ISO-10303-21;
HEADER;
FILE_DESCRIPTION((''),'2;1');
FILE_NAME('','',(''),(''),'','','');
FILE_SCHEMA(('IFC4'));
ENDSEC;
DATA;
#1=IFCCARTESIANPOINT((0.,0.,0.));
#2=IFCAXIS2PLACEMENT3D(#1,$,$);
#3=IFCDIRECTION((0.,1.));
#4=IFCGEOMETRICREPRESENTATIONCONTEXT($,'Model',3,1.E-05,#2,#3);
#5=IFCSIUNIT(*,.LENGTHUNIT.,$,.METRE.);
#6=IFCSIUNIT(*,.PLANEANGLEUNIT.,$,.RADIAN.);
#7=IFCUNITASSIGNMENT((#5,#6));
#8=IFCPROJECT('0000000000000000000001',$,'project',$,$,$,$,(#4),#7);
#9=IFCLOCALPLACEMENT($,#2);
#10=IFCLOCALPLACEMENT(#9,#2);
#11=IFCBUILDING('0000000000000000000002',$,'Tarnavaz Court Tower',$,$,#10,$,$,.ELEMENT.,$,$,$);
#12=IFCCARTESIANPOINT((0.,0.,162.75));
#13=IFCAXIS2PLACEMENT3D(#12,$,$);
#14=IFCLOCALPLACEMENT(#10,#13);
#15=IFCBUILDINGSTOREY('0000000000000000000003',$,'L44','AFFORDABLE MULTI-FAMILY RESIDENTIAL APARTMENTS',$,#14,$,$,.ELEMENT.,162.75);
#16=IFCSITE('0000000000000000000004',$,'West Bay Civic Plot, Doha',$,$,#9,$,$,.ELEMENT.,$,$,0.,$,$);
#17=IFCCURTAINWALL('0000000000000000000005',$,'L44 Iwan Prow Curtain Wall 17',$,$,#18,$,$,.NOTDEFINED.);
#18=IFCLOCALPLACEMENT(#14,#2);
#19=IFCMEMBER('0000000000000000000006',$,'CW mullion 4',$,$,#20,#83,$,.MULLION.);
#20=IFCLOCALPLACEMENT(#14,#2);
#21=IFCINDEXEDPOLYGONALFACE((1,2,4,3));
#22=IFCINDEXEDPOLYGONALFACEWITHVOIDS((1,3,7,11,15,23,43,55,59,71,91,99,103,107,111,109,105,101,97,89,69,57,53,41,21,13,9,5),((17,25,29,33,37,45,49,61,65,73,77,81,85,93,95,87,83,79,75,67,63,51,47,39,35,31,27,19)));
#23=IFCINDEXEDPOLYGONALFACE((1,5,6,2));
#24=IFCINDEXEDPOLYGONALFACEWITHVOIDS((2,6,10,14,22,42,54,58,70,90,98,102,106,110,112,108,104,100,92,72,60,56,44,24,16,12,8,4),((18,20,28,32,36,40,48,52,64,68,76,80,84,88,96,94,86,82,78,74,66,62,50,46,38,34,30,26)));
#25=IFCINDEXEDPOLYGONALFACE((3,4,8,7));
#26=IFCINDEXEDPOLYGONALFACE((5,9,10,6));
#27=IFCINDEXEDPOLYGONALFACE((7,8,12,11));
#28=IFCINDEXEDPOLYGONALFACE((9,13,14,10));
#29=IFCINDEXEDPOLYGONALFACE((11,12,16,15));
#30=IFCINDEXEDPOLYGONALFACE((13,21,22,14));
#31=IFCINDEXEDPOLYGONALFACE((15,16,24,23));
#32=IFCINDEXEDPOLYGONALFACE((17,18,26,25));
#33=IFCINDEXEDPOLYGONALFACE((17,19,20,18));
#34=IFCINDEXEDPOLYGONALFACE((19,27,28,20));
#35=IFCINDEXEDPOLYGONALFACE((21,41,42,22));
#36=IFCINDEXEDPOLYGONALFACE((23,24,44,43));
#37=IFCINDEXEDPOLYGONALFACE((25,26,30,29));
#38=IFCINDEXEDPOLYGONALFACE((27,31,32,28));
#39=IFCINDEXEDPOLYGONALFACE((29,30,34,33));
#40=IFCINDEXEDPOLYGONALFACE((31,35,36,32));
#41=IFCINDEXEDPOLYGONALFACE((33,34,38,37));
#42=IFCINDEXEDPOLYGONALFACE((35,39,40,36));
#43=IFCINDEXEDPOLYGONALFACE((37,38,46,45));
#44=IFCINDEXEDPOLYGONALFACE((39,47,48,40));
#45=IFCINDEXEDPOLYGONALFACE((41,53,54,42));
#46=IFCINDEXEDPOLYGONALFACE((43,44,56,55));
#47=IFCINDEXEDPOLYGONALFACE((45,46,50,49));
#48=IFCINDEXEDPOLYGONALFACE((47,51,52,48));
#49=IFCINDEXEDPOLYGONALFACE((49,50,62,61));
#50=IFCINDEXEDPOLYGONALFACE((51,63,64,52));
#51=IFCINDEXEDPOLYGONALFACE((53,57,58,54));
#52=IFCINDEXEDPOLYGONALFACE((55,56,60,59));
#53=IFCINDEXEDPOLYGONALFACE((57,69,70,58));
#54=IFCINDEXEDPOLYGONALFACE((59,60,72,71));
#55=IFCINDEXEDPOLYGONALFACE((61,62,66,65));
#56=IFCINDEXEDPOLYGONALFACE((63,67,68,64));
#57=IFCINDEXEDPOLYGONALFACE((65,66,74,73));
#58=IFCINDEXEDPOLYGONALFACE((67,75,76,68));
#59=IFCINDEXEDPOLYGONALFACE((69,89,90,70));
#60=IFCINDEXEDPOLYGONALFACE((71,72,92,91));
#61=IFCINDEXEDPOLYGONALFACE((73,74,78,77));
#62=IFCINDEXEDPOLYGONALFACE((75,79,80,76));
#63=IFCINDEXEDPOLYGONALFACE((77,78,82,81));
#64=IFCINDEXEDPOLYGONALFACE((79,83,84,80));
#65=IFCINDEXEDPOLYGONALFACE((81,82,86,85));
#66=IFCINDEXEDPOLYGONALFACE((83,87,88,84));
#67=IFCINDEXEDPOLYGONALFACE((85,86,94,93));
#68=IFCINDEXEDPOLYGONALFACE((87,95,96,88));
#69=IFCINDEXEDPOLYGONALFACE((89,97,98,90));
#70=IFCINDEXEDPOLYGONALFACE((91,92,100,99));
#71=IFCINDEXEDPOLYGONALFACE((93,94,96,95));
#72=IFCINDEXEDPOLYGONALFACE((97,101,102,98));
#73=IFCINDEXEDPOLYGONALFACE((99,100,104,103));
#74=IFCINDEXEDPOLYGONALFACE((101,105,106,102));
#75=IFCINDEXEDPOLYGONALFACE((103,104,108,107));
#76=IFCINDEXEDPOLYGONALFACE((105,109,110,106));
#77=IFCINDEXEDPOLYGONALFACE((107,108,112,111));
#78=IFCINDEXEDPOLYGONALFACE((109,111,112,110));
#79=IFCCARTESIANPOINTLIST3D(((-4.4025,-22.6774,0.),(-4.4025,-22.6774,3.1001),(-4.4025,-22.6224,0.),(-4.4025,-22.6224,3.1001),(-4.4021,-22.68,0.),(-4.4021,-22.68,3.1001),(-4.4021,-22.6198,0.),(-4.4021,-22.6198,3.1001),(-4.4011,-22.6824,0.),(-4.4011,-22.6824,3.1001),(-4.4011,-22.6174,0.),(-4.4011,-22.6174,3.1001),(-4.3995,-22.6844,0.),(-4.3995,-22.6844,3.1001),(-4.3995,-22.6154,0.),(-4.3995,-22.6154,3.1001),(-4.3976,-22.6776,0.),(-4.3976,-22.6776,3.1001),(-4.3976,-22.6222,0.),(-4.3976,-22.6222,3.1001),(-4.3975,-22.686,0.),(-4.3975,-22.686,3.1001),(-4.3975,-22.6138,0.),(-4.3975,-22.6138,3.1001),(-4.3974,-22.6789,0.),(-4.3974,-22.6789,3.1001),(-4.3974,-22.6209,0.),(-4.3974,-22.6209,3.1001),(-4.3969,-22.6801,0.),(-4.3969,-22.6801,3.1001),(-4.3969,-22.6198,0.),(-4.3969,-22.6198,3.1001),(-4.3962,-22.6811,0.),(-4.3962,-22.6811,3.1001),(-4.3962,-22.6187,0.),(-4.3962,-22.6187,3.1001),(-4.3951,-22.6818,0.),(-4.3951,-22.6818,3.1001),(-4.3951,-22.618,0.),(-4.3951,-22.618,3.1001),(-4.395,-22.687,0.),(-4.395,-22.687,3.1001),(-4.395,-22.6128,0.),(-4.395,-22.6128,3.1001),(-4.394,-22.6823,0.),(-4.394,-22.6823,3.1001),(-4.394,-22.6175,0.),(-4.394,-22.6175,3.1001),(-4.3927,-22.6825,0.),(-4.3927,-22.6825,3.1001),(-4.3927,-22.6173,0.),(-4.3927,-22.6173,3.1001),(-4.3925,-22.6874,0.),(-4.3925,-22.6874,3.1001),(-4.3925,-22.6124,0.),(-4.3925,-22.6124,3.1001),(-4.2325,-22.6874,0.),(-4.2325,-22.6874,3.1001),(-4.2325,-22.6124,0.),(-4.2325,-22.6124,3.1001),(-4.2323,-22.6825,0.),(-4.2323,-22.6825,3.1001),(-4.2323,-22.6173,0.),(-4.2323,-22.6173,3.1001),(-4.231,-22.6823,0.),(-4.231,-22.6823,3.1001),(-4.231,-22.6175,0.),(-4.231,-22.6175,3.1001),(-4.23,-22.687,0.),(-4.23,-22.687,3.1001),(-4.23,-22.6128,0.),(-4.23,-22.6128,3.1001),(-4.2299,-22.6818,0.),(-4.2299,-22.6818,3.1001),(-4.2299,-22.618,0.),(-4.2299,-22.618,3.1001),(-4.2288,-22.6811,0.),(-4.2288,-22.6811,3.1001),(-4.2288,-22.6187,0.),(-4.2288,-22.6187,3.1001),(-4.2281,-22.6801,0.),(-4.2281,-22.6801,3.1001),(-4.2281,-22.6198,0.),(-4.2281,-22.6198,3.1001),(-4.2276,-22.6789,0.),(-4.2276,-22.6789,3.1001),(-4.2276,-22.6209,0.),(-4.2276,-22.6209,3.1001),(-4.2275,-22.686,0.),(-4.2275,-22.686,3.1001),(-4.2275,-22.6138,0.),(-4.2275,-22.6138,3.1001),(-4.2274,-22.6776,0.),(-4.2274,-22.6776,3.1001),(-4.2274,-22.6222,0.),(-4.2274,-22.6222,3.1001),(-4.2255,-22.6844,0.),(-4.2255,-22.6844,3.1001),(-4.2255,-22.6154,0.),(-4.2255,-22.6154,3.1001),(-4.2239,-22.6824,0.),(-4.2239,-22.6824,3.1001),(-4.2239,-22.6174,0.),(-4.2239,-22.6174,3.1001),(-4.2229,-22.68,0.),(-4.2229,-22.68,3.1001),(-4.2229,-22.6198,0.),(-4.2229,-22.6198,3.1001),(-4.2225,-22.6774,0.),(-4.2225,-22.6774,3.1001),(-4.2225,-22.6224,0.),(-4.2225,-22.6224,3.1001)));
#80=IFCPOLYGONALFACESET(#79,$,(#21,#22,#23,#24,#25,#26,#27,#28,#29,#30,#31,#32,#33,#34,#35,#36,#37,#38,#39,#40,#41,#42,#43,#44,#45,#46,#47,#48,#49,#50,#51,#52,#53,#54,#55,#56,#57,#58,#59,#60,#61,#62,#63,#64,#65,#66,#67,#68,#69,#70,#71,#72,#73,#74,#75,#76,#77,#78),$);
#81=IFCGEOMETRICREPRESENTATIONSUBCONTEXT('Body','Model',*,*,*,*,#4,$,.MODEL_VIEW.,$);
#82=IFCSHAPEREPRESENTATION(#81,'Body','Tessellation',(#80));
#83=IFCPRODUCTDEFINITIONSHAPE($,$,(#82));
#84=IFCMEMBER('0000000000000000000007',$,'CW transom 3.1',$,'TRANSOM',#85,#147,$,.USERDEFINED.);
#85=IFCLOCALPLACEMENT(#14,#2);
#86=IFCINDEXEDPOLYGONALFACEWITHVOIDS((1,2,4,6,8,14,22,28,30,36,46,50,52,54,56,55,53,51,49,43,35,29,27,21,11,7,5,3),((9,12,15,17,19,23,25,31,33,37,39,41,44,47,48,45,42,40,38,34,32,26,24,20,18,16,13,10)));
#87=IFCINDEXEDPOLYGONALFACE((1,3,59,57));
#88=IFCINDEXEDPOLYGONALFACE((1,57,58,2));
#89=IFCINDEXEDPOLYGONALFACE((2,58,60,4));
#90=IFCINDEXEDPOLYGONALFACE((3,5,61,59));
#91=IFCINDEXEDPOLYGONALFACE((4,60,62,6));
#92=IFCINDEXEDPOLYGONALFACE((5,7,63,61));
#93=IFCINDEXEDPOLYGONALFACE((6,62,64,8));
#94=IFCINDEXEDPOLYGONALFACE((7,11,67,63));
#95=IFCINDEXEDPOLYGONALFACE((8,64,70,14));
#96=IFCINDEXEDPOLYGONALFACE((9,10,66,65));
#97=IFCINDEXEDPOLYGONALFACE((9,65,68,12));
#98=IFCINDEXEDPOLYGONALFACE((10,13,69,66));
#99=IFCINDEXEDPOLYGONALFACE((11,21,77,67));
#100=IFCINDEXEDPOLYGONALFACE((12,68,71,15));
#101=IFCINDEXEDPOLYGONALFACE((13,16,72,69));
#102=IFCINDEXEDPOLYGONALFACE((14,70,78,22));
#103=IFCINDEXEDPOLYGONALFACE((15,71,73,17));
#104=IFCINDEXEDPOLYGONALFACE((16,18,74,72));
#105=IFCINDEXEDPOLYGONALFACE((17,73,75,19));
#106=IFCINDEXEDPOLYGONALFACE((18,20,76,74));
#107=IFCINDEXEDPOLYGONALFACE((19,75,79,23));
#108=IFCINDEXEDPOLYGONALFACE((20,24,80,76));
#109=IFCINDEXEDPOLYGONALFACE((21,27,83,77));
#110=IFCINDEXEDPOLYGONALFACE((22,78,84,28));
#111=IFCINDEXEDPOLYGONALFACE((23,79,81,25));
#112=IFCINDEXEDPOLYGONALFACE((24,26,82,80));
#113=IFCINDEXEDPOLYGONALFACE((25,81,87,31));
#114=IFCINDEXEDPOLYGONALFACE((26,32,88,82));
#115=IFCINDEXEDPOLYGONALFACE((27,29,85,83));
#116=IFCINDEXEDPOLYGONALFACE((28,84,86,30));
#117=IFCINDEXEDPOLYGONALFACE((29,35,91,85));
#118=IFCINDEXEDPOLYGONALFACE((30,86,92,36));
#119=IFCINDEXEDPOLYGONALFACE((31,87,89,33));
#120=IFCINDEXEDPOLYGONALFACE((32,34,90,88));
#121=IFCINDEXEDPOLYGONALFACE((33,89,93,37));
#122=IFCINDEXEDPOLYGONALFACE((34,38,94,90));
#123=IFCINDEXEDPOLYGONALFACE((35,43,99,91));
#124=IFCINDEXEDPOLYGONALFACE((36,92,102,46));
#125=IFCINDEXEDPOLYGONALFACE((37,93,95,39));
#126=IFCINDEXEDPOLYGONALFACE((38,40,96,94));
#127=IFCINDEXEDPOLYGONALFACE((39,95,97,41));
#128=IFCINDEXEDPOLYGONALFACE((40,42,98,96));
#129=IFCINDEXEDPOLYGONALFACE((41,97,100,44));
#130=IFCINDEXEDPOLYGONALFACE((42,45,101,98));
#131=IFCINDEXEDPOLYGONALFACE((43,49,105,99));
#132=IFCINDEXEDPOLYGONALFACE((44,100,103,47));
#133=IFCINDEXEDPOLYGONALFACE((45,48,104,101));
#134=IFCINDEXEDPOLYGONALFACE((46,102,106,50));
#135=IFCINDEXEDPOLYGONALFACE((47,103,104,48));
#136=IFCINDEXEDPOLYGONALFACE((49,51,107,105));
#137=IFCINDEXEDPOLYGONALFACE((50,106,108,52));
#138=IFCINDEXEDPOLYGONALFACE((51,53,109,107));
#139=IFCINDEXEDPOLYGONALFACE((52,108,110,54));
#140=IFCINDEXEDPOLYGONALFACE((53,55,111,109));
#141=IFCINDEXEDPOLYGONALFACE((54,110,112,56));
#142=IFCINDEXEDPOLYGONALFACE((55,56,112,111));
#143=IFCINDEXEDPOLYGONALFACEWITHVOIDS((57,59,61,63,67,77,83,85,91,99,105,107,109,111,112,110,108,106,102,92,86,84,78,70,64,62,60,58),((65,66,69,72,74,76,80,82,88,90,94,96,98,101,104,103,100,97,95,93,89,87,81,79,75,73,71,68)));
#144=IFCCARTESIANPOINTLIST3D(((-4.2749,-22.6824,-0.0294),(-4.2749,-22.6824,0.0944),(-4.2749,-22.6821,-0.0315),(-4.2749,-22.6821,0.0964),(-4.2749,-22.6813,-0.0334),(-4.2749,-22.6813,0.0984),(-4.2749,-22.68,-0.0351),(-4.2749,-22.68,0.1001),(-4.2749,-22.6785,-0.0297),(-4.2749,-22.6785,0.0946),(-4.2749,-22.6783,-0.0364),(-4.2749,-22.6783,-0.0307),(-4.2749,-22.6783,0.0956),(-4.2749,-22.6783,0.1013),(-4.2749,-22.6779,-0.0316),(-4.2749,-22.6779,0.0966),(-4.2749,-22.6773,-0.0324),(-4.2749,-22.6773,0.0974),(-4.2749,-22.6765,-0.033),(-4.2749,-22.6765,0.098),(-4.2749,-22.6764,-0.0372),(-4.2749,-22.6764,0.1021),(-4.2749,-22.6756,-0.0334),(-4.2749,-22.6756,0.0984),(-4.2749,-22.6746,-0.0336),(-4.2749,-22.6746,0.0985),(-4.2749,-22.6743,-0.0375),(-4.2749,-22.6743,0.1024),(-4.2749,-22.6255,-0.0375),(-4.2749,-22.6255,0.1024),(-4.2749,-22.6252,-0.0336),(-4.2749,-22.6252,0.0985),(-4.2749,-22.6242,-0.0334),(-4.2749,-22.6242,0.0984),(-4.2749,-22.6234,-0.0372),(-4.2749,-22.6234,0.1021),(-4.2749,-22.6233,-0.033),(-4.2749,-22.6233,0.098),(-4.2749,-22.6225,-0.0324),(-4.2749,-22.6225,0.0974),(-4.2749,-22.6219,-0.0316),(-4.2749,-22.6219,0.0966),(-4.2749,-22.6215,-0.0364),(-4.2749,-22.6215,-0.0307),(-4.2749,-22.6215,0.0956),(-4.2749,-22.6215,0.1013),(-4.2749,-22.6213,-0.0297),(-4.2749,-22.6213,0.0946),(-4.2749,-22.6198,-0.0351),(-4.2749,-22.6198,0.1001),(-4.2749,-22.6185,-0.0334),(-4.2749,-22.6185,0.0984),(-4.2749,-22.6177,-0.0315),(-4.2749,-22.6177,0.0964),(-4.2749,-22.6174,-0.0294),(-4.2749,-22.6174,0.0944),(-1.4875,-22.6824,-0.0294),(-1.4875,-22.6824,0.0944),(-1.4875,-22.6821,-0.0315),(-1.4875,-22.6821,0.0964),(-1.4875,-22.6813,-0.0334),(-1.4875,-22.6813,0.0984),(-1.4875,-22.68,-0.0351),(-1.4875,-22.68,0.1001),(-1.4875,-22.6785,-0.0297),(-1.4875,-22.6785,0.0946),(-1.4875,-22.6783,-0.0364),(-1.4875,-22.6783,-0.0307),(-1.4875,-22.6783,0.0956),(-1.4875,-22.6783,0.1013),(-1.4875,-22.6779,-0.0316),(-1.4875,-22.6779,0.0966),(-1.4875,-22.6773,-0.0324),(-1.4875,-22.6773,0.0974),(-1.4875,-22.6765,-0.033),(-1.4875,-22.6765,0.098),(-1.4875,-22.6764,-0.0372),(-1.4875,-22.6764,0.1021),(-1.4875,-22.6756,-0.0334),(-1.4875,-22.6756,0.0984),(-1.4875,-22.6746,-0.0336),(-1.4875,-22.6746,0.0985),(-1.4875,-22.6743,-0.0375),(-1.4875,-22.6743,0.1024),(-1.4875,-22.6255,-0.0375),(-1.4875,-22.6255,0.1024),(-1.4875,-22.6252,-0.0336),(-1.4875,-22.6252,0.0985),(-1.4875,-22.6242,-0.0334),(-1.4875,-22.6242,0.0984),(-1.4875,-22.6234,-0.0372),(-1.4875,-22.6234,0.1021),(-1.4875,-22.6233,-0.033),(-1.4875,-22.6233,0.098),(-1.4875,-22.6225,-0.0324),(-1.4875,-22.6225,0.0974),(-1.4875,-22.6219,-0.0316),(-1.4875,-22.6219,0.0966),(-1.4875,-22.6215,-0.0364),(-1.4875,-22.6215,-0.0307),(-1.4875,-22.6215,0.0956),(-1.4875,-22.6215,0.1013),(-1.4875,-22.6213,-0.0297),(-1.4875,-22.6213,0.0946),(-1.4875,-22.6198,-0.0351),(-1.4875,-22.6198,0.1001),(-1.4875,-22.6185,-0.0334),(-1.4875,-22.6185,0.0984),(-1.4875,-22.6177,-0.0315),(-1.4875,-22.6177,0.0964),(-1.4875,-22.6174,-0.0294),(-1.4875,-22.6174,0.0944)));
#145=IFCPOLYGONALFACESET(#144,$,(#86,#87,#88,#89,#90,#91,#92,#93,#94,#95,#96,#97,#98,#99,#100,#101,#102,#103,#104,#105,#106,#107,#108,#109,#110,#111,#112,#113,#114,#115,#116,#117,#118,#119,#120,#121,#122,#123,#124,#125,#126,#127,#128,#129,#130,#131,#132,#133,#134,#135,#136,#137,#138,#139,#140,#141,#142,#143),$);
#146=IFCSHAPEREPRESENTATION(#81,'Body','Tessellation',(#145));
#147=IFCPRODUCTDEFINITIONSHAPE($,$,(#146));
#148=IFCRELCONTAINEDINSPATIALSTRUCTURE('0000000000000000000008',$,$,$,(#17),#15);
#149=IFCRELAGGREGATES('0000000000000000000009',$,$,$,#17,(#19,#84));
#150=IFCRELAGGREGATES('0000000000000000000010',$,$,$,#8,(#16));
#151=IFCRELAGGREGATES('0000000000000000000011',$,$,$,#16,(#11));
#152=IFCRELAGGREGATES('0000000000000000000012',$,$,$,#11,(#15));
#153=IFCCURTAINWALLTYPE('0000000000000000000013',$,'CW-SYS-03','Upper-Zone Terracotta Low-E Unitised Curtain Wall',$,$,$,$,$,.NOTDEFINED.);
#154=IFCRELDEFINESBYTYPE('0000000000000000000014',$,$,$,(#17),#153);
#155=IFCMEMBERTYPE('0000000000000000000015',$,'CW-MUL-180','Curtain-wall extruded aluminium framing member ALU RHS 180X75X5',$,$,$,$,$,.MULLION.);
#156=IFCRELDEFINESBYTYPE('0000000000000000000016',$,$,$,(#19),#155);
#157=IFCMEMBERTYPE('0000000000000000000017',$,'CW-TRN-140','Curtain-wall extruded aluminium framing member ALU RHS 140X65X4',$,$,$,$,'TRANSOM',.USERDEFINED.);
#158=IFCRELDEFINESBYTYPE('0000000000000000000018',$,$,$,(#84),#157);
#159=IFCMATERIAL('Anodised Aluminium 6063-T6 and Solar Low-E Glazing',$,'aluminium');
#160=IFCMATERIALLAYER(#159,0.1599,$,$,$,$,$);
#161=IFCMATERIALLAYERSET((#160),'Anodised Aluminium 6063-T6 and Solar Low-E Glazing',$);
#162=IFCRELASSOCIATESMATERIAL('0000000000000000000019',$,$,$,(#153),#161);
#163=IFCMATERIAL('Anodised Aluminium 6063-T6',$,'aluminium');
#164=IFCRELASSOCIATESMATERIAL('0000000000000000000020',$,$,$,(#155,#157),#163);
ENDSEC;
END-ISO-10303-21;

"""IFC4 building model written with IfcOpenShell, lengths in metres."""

from ifc_helpers import new_model, si_unit, direction, frame, origin, origin_2d, place, context, subcontext, project, spatial, hollow_rectangle, extrude, material, layer, layer_set, material_profile, profile_set, type_object, element, aggregate, save


model = new_model("IFC4")

# Units and contexts
model_context = context("Model", 3, precision=1e-05, world=origin(), true_north=direction((0.0, 1.0)))
body_context = subcontext(model_context, "Body", "Model", "MODEL_VIEW")
ifc_project = project(units=[si_unit("LENGTHUNIT", "METRE"), si_unit("PLANEANGLEUNIT", "RADIAN")], contexts=[model_context])

# Site, building, storey
site_placement = place(None, origin())
site = spatial("IfcSite", under=ifc_project, at=site_placement, Name="West Bay Civic Plot, Doha", CompositionType="ELEMENT", RefElevation=0.0)
building_placement = place(site_placement, origin())
building = spatial("IfcBuilding", under=site, at=building_placement, Name="Tarnavaz Court Tower", CompositionType="ELEMENT")
storey_placement = place(building_placement, frame((0.0, 0.0, 162.75)))
storey = spatial("IfcBuildingStorey", under=building, at=storey_placement, Name="L44", Description="AFFORDABLE MULTI-FAMILY RESIDENTIAL APARTMENTS", CompositionType="ELEMENT", Elevation=162.75)

# Curtain wall, members
ifc_material_1 = material(Name="Anodised Aluminium 6063-T6 and Solar Low-E Glazing", Category="aluminium")
ifc_layer_1 = layer(ifc_material_1, 0.1599)
ifc_layer_set_1 = layer_set([ifc_layer_1], Name="Anodised Aluminium 6063-T6 and Solar Low-E Glazing")
curtain_wall_type = type_object("IfcCurtainWallType", Name="CW-SYS-03", Description="Upper-Zone Terracotta Low-E Unitised Curtain Wall", PredefinedType="NOTDEFINED", material=ifc_layer_set_1)
curtain_wall_placement = place(storey_placement, origin())
curtain_wall = element("IfcCurtainWall", 1, at=curtain_wall_placement, inside=storey, type_object=curtain_wall_type, Name="L44 Iwan Prow Curtain Wall 17", PredefinedType="NOTDEFINED")
ifc_material_2 = material(Name="Anodised Aluminium 6063-T6", Category="aluminium")
ifc_material_profile_1 = material_profile(ifc_material_2, hollow_rectangle(XDim=0.075, YDim=0.1799, WallThickness=0.0049, InnerFilletRadius=0.0049, OuterFilletRadius=0.01, at=origin_2d()), Name="ALU RHS 180X75X5")
ifc_profile_set_1 = profile_set([ifc_material_profile_1], Name="Anodised Aluminium 6063-T6")
member_type_1 = type_object("IfcMemberType", Name="CW-MUL-180", Description="Curtain-wall extruded aluminium framing member ALU RHS 180X75X5", PredefinedType="MULLION", material=ifc_profile_set_1)
member_1_placement = place(storey_placement, frame((-4.3125, -22.6499, 0.0), z_axis=(0.0, 0.0, 1.0), x_axis=(0.0, -1.0, 0.0)))
member_1 = element("IfcMember", 2, at=member_1_placement, type_object=member_type_1, Name="CW mullion 4", PredefinedType="MULLION", context=body_context, shape_type="SweptSolid", body=[
    extrude(hollow_rectangle(XDim=0.075, YDim=0.1799, WallThickness=0.0049, InnerFilletRadius=0.0049, OuterFilletRadius=0.01, at=origin_2d()), origin(), (0.0, 0.0, 1.0), 3.1001),
])
ifc_material_profile_2 = material_profile(ifc_material_2, hollow_rectangle(XDim=0.0649, YDim=0.1399, WallThickness=0.0039, InnerFilletRadius=0.0039, OuterFilletRadius=0.0081, at=origin_2d()), Name="ALU RHS 140X65X4")
ifc_profile_set_2 = profile_set([ifc_material_profile_2], Name="Anodised Aluminium 6063-T6")
member_type_2 = type_object("IfcMemberType", Name="CW-TRN-140", Description="Curtain-wall extruded aluminium framing member ALU RHS 140X65X4", ElementType="TRANSOM", PredefinedType="USERDEFINED", material=ifc_profile_set_2)
member_2_placement = place(storey_placement, frame((-1.4875, -22.6499, 0.0325), z_axis=(-1.0, 0.0, 0.0), x_axis=(0.0, -1.0, 0.0)))
member_2 = element("IfcMember", 3, at=member_2_placement, type_object=member_type_2, Name="CW transom 3.1", ObjectType="TRANSOM", PredefinedType="USERDEFINED", context=body_context, shape_type="SweptSolid", body=[
    extrude(hollow_rectangle(XDim=0.0649, YDim=0.1399, WallThickness=0.0039, InnerFilletRadius=0.0039, OuterFilletRadius=0.0081, at=origin_2d()), origin(), (0.0, 0.0, 1.0), 2.7874),
])
aggregate(curtain_wall, [member_1, member_2])

save(model, "model.ifc")
